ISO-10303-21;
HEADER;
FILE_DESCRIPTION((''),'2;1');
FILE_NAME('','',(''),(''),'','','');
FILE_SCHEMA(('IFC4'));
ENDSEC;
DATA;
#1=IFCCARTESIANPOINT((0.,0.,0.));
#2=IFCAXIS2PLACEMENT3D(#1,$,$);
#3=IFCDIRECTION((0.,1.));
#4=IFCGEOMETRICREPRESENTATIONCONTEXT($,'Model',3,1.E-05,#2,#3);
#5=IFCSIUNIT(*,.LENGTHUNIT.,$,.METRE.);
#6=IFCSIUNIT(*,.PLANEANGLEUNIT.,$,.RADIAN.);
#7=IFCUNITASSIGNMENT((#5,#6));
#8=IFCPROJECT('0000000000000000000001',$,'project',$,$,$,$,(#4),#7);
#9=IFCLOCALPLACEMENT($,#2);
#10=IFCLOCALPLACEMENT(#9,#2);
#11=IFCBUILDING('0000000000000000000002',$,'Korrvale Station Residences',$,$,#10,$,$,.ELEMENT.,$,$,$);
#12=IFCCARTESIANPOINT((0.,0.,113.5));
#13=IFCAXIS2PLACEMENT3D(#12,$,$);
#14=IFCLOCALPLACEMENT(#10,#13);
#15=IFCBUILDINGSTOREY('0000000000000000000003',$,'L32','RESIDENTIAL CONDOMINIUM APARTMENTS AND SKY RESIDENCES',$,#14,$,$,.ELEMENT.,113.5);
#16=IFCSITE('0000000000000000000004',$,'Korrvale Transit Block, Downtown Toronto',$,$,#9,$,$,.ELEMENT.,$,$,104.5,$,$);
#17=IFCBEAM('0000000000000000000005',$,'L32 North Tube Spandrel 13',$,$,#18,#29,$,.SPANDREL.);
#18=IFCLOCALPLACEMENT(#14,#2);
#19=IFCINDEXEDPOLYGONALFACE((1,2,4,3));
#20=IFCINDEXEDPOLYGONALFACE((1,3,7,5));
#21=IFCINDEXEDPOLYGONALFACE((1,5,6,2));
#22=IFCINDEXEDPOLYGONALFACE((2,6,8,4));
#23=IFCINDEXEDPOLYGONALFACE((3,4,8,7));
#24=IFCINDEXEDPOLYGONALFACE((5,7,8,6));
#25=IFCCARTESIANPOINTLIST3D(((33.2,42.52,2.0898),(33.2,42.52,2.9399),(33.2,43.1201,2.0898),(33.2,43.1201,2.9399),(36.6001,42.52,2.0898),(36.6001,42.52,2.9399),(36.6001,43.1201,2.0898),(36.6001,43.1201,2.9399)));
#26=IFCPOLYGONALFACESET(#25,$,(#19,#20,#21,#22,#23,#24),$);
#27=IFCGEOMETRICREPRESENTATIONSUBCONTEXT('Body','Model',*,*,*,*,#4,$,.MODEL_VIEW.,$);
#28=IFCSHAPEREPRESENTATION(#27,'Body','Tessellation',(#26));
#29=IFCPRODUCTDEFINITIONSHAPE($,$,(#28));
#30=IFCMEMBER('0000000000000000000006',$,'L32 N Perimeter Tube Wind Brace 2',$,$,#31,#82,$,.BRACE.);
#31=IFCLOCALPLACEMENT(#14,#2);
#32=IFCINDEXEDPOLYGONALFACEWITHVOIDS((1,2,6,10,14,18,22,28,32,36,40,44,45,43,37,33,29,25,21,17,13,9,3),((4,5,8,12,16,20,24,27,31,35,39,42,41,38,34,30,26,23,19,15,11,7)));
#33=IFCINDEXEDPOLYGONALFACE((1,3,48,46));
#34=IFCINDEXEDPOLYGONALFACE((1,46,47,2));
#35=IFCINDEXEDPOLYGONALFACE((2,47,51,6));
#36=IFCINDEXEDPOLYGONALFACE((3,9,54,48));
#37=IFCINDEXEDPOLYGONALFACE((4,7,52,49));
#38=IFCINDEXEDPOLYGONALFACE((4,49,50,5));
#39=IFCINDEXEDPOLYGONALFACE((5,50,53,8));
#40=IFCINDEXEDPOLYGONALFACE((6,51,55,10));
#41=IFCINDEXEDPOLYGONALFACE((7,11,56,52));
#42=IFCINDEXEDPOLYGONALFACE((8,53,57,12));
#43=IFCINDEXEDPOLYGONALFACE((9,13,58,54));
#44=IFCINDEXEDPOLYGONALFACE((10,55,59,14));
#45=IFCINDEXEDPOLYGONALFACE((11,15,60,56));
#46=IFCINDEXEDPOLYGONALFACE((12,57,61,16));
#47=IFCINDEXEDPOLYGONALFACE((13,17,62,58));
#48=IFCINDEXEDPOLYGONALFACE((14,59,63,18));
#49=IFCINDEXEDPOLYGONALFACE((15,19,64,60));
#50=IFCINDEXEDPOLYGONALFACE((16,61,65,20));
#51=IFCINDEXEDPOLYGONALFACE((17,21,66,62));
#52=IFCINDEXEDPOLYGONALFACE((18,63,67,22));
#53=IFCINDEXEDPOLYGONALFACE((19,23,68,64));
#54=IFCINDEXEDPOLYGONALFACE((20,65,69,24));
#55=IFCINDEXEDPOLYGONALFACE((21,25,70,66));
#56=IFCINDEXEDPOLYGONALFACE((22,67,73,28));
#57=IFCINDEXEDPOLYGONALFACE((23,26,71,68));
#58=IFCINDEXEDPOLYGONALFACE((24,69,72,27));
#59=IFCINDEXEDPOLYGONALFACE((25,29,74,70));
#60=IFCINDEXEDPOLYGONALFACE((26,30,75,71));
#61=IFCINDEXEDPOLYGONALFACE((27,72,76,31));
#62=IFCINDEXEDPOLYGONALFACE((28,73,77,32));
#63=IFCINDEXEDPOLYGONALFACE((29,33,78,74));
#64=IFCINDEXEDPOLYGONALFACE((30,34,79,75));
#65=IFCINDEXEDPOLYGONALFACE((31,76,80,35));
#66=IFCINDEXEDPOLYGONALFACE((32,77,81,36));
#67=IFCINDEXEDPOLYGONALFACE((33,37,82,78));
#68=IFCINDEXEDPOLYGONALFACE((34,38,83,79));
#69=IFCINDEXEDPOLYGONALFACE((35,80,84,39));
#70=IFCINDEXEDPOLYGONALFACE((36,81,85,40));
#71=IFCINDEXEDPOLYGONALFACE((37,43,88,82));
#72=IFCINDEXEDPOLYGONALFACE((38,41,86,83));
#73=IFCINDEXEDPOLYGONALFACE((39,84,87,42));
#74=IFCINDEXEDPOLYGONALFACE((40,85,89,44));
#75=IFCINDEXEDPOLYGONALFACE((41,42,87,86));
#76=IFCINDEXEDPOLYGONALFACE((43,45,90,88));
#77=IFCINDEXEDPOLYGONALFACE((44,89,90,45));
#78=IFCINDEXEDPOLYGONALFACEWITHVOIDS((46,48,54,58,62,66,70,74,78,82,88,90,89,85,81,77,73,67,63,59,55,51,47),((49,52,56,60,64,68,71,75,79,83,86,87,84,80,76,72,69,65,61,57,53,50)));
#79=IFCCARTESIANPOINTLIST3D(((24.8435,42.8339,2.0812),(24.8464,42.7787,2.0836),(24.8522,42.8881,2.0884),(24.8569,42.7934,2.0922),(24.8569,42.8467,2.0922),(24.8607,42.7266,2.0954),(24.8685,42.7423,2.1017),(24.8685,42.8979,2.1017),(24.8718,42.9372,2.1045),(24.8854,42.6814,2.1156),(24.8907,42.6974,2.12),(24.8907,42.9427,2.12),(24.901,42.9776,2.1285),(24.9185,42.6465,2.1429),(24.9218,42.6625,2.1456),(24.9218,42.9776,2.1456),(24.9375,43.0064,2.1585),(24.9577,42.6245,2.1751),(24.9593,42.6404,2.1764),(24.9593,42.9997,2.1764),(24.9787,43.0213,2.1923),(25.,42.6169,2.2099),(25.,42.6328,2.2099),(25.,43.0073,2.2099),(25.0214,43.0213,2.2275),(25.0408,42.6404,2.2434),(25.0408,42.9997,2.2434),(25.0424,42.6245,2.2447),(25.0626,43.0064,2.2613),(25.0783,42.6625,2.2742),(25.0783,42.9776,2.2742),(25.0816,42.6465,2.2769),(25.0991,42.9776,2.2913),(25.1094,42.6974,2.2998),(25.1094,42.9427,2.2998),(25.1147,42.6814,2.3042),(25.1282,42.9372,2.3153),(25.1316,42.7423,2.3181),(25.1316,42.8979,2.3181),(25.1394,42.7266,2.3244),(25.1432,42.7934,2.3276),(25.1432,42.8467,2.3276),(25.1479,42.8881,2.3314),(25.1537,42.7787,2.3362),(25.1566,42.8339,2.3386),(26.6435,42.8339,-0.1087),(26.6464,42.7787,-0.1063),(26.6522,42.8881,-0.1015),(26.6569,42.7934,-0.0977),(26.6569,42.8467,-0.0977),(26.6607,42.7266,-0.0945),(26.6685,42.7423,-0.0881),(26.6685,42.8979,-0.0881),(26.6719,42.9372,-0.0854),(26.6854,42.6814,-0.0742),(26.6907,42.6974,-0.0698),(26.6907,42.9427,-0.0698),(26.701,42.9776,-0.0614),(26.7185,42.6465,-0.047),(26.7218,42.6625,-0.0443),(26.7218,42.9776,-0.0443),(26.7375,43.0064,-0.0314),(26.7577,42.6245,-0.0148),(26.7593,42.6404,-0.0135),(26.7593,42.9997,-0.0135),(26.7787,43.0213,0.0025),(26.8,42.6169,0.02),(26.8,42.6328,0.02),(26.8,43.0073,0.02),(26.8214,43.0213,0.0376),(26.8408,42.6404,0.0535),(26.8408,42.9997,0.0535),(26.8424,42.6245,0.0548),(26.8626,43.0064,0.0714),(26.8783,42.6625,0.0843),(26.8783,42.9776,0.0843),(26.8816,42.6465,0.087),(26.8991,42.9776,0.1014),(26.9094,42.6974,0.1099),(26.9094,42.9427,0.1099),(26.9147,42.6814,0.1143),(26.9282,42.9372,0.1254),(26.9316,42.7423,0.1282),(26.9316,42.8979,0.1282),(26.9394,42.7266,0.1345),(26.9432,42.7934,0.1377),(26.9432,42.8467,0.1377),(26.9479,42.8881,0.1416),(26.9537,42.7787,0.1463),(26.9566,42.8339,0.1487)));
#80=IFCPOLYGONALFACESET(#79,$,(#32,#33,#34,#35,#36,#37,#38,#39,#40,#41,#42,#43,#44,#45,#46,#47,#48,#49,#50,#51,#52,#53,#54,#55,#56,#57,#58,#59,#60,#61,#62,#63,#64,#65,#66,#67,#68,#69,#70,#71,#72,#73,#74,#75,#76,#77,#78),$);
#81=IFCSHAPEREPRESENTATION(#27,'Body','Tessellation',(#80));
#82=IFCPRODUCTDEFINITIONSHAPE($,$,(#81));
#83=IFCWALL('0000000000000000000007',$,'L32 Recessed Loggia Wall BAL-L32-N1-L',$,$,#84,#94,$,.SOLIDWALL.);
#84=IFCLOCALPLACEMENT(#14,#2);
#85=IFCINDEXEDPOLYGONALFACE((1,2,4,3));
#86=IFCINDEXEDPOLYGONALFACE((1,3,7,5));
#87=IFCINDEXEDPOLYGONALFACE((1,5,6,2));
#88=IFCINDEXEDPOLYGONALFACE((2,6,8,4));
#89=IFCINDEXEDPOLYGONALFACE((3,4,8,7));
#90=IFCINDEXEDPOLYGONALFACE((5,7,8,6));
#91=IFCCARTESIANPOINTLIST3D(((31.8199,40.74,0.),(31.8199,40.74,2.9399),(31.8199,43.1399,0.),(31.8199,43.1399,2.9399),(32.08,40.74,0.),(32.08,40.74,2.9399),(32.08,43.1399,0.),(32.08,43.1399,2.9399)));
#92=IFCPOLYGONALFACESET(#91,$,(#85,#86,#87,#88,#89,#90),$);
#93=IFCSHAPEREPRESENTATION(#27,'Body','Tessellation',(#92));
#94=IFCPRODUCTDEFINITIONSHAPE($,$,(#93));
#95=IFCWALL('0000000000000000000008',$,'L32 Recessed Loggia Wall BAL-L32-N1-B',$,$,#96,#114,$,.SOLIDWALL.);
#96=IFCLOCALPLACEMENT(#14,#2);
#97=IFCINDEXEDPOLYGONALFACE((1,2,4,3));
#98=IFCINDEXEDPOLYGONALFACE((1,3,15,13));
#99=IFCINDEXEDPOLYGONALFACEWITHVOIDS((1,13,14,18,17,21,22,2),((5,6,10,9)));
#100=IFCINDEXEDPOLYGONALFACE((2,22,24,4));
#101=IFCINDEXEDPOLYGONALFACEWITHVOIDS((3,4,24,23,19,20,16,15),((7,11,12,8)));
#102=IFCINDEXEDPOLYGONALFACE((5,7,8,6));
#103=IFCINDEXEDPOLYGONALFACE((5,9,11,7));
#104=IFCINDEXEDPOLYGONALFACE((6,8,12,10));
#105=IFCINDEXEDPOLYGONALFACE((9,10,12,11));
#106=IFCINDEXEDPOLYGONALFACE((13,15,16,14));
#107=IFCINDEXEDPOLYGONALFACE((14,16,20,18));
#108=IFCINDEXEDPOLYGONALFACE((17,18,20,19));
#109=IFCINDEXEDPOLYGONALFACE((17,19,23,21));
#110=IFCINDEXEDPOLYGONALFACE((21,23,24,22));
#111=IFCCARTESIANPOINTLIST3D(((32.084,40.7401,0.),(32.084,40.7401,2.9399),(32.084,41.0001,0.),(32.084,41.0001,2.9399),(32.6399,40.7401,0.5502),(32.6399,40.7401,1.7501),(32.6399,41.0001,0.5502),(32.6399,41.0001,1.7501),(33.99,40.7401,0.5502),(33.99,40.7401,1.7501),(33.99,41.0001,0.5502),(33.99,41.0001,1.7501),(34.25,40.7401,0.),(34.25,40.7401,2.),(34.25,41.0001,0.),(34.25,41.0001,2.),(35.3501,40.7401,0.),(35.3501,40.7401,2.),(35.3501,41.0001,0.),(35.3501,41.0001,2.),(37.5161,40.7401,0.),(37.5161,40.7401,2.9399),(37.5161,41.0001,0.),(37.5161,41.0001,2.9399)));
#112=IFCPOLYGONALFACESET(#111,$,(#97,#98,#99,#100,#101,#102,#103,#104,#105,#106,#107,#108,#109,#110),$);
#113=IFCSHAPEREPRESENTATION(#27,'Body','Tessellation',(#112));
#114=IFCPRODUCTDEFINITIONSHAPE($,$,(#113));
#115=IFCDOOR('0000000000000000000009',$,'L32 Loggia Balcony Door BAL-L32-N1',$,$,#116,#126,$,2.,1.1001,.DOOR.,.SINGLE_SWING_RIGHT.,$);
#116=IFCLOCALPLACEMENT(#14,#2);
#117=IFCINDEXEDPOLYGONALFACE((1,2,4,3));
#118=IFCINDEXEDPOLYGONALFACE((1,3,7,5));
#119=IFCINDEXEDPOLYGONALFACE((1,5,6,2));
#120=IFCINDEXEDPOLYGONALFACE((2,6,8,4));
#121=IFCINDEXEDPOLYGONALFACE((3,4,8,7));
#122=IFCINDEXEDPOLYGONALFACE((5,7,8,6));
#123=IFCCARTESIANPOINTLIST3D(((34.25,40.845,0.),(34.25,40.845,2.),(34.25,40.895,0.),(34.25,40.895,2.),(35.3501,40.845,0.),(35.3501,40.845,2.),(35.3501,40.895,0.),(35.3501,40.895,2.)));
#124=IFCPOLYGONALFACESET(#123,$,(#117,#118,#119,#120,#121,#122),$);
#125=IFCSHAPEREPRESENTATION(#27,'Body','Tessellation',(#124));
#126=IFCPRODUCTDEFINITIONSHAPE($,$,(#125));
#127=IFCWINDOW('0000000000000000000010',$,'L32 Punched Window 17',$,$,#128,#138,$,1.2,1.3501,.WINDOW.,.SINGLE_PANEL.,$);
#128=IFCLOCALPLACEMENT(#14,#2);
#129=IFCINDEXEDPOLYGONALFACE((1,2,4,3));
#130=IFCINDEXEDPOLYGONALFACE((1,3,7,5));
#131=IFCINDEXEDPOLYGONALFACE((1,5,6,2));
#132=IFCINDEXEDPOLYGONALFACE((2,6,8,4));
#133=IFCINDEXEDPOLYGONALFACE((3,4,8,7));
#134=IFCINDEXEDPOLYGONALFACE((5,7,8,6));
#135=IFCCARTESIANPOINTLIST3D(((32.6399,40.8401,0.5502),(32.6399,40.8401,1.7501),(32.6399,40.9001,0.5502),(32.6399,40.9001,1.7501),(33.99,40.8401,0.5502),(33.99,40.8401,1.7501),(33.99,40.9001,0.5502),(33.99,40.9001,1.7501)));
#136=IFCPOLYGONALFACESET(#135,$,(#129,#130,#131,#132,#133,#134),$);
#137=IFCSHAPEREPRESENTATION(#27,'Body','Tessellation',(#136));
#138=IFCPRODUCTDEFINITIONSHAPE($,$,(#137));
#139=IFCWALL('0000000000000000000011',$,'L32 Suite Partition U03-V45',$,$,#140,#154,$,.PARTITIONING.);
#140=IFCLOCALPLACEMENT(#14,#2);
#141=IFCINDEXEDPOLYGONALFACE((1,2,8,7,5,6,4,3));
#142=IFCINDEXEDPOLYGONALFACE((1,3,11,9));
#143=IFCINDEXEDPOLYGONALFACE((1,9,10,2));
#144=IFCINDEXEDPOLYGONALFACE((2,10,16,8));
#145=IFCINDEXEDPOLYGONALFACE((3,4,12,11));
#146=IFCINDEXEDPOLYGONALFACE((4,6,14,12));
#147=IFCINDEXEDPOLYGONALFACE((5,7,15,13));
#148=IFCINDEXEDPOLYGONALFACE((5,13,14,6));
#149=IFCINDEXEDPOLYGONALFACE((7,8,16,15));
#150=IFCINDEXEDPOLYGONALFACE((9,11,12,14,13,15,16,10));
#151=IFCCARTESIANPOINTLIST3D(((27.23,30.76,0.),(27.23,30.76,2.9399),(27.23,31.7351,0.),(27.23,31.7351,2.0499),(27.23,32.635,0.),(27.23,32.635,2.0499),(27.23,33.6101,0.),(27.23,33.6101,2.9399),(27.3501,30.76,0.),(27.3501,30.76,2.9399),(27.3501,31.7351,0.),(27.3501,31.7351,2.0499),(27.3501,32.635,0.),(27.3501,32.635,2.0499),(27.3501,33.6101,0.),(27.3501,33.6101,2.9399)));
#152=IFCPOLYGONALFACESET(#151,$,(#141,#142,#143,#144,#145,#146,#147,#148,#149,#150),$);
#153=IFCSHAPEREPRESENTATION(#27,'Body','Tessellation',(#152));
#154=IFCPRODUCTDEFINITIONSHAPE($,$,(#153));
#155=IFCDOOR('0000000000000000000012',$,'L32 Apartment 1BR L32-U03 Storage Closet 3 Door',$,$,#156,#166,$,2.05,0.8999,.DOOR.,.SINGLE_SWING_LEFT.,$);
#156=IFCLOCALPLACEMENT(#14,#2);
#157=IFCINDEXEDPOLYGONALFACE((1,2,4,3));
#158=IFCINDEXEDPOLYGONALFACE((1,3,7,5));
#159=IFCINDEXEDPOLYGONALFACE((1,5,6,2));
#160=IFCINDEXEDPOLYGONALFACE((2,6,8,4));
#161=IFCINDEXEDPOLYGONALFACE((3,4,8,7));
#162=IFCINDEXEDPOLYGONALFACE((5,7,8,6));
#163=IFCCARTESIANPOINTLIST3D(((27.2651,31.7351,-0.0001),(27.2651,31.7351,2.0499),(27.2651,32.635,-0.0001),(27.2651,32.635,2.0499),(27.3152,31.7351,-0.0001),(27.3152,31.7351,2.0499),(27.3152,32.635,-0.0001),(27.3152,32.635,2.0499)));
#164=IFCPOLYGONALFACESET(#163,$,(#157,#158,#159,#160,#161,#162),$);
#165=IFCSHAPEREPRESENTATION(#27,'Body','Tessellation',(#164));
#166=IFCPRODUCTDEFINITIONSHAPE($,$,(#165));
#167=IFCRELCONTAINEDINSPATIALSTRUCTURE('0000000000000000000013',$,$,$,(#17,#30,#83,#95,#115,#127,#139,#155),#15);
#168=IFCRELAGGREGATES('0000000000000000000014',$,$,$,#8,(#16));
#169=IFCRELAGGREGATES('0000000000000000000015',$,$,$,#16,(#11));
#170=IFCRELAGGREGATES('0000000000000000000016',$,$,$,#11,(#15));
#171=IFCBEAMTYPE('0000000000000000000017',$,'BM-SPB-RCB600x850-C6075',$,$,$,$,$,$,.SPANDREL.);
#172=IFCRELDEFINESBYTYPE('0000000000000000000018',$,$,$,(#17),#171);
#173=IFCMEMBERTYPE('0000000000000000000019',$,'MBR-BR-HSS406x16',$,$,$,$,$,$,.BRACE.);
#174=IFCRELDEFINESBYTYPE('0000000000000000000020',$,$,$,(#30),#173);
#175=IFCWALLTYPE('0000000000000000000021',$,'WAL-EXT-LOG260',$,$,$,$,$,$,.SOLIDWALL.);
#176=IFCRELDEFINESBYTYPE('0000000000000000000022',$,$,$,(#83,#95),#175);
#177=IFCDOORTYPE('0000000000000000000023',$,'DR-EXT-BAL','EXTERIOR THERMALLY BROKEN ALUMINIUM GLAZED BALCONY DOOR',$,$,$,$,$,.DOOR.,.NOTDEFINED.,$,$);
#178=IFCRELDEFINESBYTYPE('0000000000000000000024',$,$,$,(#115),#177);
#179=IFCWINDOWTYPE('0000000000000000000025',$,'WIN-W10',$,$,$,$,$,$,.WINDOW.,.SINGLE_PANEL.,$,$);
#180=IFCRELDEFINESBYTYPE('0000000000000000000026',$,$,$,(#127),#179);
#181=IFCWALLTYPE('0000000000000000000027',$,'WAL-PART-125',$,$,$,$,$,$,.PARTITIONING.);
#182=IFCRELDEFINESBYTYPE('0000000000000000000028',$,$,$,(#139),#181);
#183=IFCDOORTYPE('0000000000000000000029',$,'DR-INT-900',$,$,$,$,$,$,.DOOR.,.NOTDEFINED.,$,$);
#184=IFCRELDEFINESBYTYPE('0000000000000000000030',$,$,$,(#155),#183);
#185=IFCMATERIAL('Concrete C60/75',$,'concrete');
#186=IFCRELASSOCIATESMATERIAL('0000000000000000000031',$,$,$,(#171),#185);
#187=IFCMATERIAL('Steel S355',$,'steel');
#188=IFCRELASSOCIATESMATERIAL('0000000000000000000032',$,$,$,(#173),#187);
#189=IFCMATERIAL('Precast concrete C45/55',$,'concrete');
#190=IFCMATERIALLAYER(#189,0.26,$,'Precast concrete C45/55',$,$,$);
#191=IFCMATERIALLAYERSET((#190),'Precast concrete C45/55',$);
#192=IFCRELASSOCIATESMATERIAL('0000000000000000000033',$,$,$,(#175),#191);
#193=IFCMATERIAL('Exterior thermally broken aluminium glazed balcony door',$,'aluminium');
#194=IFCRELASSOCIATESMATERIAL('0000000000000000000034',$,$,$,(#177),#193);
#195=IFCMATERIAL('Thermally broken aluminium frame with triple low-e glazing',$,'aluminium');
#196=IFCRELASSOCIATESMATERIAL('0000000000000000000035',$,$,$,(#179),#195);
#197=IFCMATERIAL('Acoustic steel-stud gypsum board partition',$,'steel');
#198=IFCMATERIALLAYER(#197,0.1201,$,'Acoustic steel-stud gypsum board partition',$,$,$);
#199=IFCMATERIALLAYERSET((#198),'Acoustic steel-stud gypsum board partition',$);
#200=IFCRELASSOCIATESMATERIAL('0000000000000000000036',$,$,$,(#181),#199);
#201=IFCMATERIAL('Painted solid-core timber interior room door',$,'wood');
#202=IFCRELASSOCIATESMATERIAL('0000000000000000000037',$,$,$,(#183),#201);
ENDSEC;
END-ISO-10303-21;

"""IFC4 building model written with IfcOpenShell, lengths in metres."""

from ifc_helpers import new_model, si_unit, direction, frame, frame_2d, origin, origin_2d, place, context, subcontext, project, spatial, rectangle, hollow_circle, extrude, material, layer, layer_set, material_profile, profile_set, type_object, element, fill, save


model = new_model("IFC4")

# Units and contexts
model_context = context("Model", 3, precision=1e-05, world=origin(), true_north=direction((0.0, 1.0)))
body_context = subcontext(model_context, "Body", "Model", "MODEL_VIEW")
ifc_project = project(units=[si_unit("LENGTHUNIT", "METRE"), si_unit("PLANEANGLEUNIT", "RADIAN")], contexts=[model_context])

# Site, building, storey
site_placement = place(None, origin())
site = spatial("IfcSite", under=ifc_project, at=site_placement, Name="Korrvale Transit Block, Downtown Toronto", CompositionType="ELEMENT", RefElevation=104.5)
building_placement = place(site_placement, origin())
building = spatial("IfcBuilding", under=site, at=building_placement, Name="Korrvale Station Residences", CompositionType="ELEMENT")
storey_placement = place(building_placement, frame((0.0, 0.0, 113.5)))
storey = spatial("IfcBuildingStorey", under=building, at=storey_placement, Name="L32", Description="RESIDENTIAL CONDOMINIUM APARTMENTS AND SKY RESIDENCES", CompositionType="ELEMENT", Elevation=113.5)

# Shared definitions
ifc_material_1 = material(Name="Concrete C60/75", Category="concrete")

# Beam
ifc_material_2 = material(Name="Steel S355", Category="steel")
ifc_material_profile_1 = material_profile(ifc_material_1, rectangle(XDim=0.6001, YDim=0.8501, at=origin_2d()), Name="RCB600x850")
ifc_profile_set_1 = profile_set([ifc_material_profile_1], Name="Concrete C60/75")
beam_type_1 = type_object("IfcBeamType", Name="BM-SPB-RCB600x850-C6075", PredefinedType="SPANDREL", material=ifc_profile_set_1)
beam_1_placement = place(storey_placement, frame((33.2, 42.8201, 2.5149), z_axis=(1.0, 0.0, 0.0), x_axis=(0.0, 1.0, 0.0)))
element("IfcBeam", 1, at=beam_1_placement, inside=storey, type_object=beam_type_1, Name="L32 North Tube Spandrel 13", PredefinedType="SPANDREL", context=body_context, shape_type="SweptSolid", body=[
    extrude(rectangle(XDim=0.6001, YDim=0.8501, at=origin_2d()), origin(), (0.0, 0.0, 1.0), 3.4001),
])

# Member
ifc_material_profile_2 = material_profile(ifc_material_2, hollow_circle(Radius=0.2031, WallThickness=0.0159, at=origin_2d()), Name="HSS406x16")
ifc_profile_set_2 = profile_set([ifc_material_profile_2], Name="Steel S355")
member_type = type_object("IfcMemberType", Name="MBR-BR-HSS406x16", PredefinedType="BRACE", material=ifc_profile_set_2)
member_placement = place(storey_placement, frame((26.8, 42.8201, 0.02), z_axis=(-0.634985, 0.0, 0.772524), x_axis=(0.0, -1.0, 0.0)))
element("IfcMember", 2, at=member_placement, inside=storey, type_object=member_type, Name="L32 N Perimeter Tube Wind Brace 2", PredefinedType="BRACE", context=body_context, shape_type="SweptSolid", body=[
    extrude(hollow_circle(Radius=0.2031, WallThickness=0.0159, at=origin_2d()), origin(), (0.0, 0.0, 1.0), 2.8347),
])

# Wall
ifc_material_3 = material(Name="Precast concrete C45/55", Category="concrete")
ifc_layer_1 = layer(ifc_material_3, 0.26, Name="Precast concrete C45/55")
ifc_layer_set_1 = layer_set([ifc_layer_1], Name="Precast concrete C45/55")
wall_type_1 = type_object("IfcWallType", Name="WAL-EXT-LOG260", PredefinedType="SOLIDWALL", material=ifc_layer_set_1)
wall_1_placement = place(storey_placement, frame((31.95, 43.1399, 0.0), z_axis=(0.0, 0.0, 1.0), x_axis=(0.0, -1.0, 0.0)))
element("IfcWall", 3, at=wall_1_placement, inside=storey, type_object=wall_type_1, Name="L32 Recessed Loggia Wall BAL-L32-N1-L", PredefinedType="SOLIDWALL", context=body_context, shape_type="SweptSolid", body=[
    extrude(rectangle(XDim=2.3999, YDim=0.26, at=frame_2d((1.2, 0.0))), origin(), (0.0, 0.0, 1.0), 2.9399),
])

# Wall, openings, door, window
wall_2_placement = place(storey_placement, frame((32.084, 40.8701, 0.0), z_axis=(0.0, 0.0, 1.0), x_axis=(1.0, 0.0, 0.0)))
wall_2 = element("IfcWall", 4, at=wall_2_placement, inside=storey, type_object=wall_type_1, Name="L32 Recessed Loggia Wall BAL-L32-N1-B", PredefinedType="SOLIDWALL", context=body_context, shape_type="SweptSolid", body=[
    extrude(rectangle(XDim=5.4321, YDim=0.26, at=frame_2d((2.7161, 0.0))), origin(), (0.0, 0.0, 1.0), 2.9399),
])
opening_1_placement = place(wall_2_placement, frame((2.166, 0.0, 0.0)))
opening_1 = element("IfcOpeningElement", 5, at=opening_1_placement, cuts=wall_2, PredefinedType="OPENING", context=body_context, shape_type="SweptSolid", body=[
    extrude(rectangle(XDim=1.1001, YDim=2.0, at=frame_2d((0.55, 1.0))), frame((0.0, 0.1401, 0.0), z_axis=(0.0, -1.0, 0.0), x_axis=(1.0, 0.0, 0.0)), (0.0, 0.0, 1.0), 0.28),
])
opening_2_placement = place(wall_2_placement, frame((0.5559, 0.0, 0.55)))
opening_2 = element("IfcOpeningElement", 6, at=opening_2_placement, cuts=wall_2, PredefinedType="OPENING", context=body_context, shape_type="SweptSolid", body=[
    extrude(rectangle(XDim=1.3501, YDim=1.2, at=frame_2d((0.675, 0.6001))), frame((0.0, 0.1401, 0.0), z_axis=(0.0, -1.0, 0.0), x_axis=(1.0, 0.0, 0.0)), (0.0, 0.0, 1.0), 0.28),
])
ifc_material_4 = material(Name="Exterior thermally broken aluminium glazed balcony door", Category="aluminium")
door_type_1 = type_object("IfcDoorType", Name="DR-EXT-BAL", Description="EXTERIOR THERMALLY BROKEN ALUMINIUM GLAZED BALCONY DOOR", OperationType="NOTDEFINED", PredefinedType="DOOR", material=ifc_material_4)
door_1_placement = place(opening_1_placement, origin())
door_1 = element("IfcDoor", 7, at=door_1_placement, inside=storey, type_object=door_type_1, Name="L32 Loggia Balcony Door BAL-L32-N1", OperationType="SINGLE_SWING_RIGHT", OverallHeight=2.0, OverallWidth=1.1001, PredefinedType="DOOR", context=body_context, shape_type="SweptSolid", body=[
    extrude(rectangle(XDim=1.1001, YDim=2.0, at=frame_2d((0.55, 1.0))), frame((0.0, 0.0249, 0.0), z_axis=(0.0, -1.0, 0.0), x_axis=(1.0, 0.0, 0.0)), (0.0, 0.0, 1.0), 0.05),
])
fill(opening_1, door_1)
ifc_material_5 = material(Name="Thermally broken aluminium frame with triple low-e glazing", Category="aluminium")
window_type = type_object("IfcWindowType", Name="WIN-W10", PartitioningType="SINGLE_PANEL", PredefinedType="WINDOW", material=ifc_material_5)
window_placement = place(opening_2_placement, origin())
window = element("IfcWindow", 8, at=window_placement, inside=storey, type_object=window_type, Name="L32 Punched Window 17", OverallHeight=1.2, OverallWidth=1.3501, PartitioningType="SINGLE_PANEL", PredefinedType="WINDOW", context=body_context, shape_type="SweptSolid", body=[
    extrude(rectangle(XDim=1.3501, YDim=1.2, at=frame_2d((0.675, 0.6001))), frame((0.0, 0.03, 0.0), z_axis=(0.0, -1.0, 0.0), x_axis=(1.0, 0.0, 0.0)), (0.0, 0.0, 1.0), 0.0601),
])
fill(opening_2, window)

# Wall, opening, door
ifc_material_6 = material(Name="Acoustic steel-stud gypsum board partition", Category="steel")
ifc_layer_2 = layer(ifc_material_6, 0.1201, Name="Acoustic steel-stud gypsum board partition")
ifc_layer_set_2 = layer_set([ifc_layer_2], Name="Acoustic steel-stud gypsum board partition")
wall_type_2 = type_object("IfcWallType", Name="WAL-PART-125", PredefinedType="PARTITIONING", material=ifc_layer_set_2)
wall_3_placement = place(storey_placement, frame((27.29, 30.76, 0.0), z_axis=(0.0, 0.0, 1.0), x_axis=(0.0, 1.0, 0.0)))
wall_3 = element("IfcWall", 9, at=wall_3_placement, inside=storey, type_object=wall_type_2, Name="L32 Suite Partition U03-V45", PredefinedType="PARTITIONING", context=body_context, shape_type="SweptSolid", body=[
    extrude(rectangle(XDim=2.8501, YDim=0.1201, at=frame_2d((1.425, 0.0))), origin(), (0.0, 0.0, 1.0), 2.9399),
])
opening_3_placement = place(wall_3_placement, frame((0.9751, 0.0, 0.0)))
opening_3 = element("IfcOpeningElement", 10, at=opening_3_placement, cuts=wall_3, PredefinedType="OPENING", context=body_context, shape_type="SweptSolid", body=[
    extrude(rectangle(XDim=0.8999, YDim=2.05, at=frame_2d((0.45, 1.0249))), frame((0.0, 0.0701, 0.0), z_axis=(0.0, -1.0, 0.0), x_axis=(1.0, 0.0, 0.0)), (0.0, 0.0, 1.0), 0.1401),
])
ifc_material_7 = material(Name="Painted solid-core timber interior room door", Category="wood")
door_type_2 = type_object("IfcDoorType", Name="DR-INT-900", OperationType="NOTDEFINED", PredefinedType="DOOR", material=ifc_material_7)
door_2_placement = place(opening_3_placement, origin())
door_2 = element("IfcDoor", 11, at=door_2_placement, inside=storey, type_object=door_type_2, Name="L32 Apartment 1BR L32-U03 Storage Closet 3 Door", OperationType="SINGLE_SWING_LEFT", OverallHeight=2.05, OverallWidth=0.8999, PredefinedType="DOOR", context=body_context, shape_type="SweptSolid", body=[
    extrude(rectangle(XDim=0.8999, YDim=2.05, at=frame_2d((0.45, 1.0249))), frame((0.0, 0.0249, 0.0), z_axis=(0.0, -1.0, 0.0), x_axis=(1.0, 0.0, 0.0)), (0.0, 0.0, 1.0), 0.05),
])
fill(opening_3, door_2)

save(model, "model.ifc")
